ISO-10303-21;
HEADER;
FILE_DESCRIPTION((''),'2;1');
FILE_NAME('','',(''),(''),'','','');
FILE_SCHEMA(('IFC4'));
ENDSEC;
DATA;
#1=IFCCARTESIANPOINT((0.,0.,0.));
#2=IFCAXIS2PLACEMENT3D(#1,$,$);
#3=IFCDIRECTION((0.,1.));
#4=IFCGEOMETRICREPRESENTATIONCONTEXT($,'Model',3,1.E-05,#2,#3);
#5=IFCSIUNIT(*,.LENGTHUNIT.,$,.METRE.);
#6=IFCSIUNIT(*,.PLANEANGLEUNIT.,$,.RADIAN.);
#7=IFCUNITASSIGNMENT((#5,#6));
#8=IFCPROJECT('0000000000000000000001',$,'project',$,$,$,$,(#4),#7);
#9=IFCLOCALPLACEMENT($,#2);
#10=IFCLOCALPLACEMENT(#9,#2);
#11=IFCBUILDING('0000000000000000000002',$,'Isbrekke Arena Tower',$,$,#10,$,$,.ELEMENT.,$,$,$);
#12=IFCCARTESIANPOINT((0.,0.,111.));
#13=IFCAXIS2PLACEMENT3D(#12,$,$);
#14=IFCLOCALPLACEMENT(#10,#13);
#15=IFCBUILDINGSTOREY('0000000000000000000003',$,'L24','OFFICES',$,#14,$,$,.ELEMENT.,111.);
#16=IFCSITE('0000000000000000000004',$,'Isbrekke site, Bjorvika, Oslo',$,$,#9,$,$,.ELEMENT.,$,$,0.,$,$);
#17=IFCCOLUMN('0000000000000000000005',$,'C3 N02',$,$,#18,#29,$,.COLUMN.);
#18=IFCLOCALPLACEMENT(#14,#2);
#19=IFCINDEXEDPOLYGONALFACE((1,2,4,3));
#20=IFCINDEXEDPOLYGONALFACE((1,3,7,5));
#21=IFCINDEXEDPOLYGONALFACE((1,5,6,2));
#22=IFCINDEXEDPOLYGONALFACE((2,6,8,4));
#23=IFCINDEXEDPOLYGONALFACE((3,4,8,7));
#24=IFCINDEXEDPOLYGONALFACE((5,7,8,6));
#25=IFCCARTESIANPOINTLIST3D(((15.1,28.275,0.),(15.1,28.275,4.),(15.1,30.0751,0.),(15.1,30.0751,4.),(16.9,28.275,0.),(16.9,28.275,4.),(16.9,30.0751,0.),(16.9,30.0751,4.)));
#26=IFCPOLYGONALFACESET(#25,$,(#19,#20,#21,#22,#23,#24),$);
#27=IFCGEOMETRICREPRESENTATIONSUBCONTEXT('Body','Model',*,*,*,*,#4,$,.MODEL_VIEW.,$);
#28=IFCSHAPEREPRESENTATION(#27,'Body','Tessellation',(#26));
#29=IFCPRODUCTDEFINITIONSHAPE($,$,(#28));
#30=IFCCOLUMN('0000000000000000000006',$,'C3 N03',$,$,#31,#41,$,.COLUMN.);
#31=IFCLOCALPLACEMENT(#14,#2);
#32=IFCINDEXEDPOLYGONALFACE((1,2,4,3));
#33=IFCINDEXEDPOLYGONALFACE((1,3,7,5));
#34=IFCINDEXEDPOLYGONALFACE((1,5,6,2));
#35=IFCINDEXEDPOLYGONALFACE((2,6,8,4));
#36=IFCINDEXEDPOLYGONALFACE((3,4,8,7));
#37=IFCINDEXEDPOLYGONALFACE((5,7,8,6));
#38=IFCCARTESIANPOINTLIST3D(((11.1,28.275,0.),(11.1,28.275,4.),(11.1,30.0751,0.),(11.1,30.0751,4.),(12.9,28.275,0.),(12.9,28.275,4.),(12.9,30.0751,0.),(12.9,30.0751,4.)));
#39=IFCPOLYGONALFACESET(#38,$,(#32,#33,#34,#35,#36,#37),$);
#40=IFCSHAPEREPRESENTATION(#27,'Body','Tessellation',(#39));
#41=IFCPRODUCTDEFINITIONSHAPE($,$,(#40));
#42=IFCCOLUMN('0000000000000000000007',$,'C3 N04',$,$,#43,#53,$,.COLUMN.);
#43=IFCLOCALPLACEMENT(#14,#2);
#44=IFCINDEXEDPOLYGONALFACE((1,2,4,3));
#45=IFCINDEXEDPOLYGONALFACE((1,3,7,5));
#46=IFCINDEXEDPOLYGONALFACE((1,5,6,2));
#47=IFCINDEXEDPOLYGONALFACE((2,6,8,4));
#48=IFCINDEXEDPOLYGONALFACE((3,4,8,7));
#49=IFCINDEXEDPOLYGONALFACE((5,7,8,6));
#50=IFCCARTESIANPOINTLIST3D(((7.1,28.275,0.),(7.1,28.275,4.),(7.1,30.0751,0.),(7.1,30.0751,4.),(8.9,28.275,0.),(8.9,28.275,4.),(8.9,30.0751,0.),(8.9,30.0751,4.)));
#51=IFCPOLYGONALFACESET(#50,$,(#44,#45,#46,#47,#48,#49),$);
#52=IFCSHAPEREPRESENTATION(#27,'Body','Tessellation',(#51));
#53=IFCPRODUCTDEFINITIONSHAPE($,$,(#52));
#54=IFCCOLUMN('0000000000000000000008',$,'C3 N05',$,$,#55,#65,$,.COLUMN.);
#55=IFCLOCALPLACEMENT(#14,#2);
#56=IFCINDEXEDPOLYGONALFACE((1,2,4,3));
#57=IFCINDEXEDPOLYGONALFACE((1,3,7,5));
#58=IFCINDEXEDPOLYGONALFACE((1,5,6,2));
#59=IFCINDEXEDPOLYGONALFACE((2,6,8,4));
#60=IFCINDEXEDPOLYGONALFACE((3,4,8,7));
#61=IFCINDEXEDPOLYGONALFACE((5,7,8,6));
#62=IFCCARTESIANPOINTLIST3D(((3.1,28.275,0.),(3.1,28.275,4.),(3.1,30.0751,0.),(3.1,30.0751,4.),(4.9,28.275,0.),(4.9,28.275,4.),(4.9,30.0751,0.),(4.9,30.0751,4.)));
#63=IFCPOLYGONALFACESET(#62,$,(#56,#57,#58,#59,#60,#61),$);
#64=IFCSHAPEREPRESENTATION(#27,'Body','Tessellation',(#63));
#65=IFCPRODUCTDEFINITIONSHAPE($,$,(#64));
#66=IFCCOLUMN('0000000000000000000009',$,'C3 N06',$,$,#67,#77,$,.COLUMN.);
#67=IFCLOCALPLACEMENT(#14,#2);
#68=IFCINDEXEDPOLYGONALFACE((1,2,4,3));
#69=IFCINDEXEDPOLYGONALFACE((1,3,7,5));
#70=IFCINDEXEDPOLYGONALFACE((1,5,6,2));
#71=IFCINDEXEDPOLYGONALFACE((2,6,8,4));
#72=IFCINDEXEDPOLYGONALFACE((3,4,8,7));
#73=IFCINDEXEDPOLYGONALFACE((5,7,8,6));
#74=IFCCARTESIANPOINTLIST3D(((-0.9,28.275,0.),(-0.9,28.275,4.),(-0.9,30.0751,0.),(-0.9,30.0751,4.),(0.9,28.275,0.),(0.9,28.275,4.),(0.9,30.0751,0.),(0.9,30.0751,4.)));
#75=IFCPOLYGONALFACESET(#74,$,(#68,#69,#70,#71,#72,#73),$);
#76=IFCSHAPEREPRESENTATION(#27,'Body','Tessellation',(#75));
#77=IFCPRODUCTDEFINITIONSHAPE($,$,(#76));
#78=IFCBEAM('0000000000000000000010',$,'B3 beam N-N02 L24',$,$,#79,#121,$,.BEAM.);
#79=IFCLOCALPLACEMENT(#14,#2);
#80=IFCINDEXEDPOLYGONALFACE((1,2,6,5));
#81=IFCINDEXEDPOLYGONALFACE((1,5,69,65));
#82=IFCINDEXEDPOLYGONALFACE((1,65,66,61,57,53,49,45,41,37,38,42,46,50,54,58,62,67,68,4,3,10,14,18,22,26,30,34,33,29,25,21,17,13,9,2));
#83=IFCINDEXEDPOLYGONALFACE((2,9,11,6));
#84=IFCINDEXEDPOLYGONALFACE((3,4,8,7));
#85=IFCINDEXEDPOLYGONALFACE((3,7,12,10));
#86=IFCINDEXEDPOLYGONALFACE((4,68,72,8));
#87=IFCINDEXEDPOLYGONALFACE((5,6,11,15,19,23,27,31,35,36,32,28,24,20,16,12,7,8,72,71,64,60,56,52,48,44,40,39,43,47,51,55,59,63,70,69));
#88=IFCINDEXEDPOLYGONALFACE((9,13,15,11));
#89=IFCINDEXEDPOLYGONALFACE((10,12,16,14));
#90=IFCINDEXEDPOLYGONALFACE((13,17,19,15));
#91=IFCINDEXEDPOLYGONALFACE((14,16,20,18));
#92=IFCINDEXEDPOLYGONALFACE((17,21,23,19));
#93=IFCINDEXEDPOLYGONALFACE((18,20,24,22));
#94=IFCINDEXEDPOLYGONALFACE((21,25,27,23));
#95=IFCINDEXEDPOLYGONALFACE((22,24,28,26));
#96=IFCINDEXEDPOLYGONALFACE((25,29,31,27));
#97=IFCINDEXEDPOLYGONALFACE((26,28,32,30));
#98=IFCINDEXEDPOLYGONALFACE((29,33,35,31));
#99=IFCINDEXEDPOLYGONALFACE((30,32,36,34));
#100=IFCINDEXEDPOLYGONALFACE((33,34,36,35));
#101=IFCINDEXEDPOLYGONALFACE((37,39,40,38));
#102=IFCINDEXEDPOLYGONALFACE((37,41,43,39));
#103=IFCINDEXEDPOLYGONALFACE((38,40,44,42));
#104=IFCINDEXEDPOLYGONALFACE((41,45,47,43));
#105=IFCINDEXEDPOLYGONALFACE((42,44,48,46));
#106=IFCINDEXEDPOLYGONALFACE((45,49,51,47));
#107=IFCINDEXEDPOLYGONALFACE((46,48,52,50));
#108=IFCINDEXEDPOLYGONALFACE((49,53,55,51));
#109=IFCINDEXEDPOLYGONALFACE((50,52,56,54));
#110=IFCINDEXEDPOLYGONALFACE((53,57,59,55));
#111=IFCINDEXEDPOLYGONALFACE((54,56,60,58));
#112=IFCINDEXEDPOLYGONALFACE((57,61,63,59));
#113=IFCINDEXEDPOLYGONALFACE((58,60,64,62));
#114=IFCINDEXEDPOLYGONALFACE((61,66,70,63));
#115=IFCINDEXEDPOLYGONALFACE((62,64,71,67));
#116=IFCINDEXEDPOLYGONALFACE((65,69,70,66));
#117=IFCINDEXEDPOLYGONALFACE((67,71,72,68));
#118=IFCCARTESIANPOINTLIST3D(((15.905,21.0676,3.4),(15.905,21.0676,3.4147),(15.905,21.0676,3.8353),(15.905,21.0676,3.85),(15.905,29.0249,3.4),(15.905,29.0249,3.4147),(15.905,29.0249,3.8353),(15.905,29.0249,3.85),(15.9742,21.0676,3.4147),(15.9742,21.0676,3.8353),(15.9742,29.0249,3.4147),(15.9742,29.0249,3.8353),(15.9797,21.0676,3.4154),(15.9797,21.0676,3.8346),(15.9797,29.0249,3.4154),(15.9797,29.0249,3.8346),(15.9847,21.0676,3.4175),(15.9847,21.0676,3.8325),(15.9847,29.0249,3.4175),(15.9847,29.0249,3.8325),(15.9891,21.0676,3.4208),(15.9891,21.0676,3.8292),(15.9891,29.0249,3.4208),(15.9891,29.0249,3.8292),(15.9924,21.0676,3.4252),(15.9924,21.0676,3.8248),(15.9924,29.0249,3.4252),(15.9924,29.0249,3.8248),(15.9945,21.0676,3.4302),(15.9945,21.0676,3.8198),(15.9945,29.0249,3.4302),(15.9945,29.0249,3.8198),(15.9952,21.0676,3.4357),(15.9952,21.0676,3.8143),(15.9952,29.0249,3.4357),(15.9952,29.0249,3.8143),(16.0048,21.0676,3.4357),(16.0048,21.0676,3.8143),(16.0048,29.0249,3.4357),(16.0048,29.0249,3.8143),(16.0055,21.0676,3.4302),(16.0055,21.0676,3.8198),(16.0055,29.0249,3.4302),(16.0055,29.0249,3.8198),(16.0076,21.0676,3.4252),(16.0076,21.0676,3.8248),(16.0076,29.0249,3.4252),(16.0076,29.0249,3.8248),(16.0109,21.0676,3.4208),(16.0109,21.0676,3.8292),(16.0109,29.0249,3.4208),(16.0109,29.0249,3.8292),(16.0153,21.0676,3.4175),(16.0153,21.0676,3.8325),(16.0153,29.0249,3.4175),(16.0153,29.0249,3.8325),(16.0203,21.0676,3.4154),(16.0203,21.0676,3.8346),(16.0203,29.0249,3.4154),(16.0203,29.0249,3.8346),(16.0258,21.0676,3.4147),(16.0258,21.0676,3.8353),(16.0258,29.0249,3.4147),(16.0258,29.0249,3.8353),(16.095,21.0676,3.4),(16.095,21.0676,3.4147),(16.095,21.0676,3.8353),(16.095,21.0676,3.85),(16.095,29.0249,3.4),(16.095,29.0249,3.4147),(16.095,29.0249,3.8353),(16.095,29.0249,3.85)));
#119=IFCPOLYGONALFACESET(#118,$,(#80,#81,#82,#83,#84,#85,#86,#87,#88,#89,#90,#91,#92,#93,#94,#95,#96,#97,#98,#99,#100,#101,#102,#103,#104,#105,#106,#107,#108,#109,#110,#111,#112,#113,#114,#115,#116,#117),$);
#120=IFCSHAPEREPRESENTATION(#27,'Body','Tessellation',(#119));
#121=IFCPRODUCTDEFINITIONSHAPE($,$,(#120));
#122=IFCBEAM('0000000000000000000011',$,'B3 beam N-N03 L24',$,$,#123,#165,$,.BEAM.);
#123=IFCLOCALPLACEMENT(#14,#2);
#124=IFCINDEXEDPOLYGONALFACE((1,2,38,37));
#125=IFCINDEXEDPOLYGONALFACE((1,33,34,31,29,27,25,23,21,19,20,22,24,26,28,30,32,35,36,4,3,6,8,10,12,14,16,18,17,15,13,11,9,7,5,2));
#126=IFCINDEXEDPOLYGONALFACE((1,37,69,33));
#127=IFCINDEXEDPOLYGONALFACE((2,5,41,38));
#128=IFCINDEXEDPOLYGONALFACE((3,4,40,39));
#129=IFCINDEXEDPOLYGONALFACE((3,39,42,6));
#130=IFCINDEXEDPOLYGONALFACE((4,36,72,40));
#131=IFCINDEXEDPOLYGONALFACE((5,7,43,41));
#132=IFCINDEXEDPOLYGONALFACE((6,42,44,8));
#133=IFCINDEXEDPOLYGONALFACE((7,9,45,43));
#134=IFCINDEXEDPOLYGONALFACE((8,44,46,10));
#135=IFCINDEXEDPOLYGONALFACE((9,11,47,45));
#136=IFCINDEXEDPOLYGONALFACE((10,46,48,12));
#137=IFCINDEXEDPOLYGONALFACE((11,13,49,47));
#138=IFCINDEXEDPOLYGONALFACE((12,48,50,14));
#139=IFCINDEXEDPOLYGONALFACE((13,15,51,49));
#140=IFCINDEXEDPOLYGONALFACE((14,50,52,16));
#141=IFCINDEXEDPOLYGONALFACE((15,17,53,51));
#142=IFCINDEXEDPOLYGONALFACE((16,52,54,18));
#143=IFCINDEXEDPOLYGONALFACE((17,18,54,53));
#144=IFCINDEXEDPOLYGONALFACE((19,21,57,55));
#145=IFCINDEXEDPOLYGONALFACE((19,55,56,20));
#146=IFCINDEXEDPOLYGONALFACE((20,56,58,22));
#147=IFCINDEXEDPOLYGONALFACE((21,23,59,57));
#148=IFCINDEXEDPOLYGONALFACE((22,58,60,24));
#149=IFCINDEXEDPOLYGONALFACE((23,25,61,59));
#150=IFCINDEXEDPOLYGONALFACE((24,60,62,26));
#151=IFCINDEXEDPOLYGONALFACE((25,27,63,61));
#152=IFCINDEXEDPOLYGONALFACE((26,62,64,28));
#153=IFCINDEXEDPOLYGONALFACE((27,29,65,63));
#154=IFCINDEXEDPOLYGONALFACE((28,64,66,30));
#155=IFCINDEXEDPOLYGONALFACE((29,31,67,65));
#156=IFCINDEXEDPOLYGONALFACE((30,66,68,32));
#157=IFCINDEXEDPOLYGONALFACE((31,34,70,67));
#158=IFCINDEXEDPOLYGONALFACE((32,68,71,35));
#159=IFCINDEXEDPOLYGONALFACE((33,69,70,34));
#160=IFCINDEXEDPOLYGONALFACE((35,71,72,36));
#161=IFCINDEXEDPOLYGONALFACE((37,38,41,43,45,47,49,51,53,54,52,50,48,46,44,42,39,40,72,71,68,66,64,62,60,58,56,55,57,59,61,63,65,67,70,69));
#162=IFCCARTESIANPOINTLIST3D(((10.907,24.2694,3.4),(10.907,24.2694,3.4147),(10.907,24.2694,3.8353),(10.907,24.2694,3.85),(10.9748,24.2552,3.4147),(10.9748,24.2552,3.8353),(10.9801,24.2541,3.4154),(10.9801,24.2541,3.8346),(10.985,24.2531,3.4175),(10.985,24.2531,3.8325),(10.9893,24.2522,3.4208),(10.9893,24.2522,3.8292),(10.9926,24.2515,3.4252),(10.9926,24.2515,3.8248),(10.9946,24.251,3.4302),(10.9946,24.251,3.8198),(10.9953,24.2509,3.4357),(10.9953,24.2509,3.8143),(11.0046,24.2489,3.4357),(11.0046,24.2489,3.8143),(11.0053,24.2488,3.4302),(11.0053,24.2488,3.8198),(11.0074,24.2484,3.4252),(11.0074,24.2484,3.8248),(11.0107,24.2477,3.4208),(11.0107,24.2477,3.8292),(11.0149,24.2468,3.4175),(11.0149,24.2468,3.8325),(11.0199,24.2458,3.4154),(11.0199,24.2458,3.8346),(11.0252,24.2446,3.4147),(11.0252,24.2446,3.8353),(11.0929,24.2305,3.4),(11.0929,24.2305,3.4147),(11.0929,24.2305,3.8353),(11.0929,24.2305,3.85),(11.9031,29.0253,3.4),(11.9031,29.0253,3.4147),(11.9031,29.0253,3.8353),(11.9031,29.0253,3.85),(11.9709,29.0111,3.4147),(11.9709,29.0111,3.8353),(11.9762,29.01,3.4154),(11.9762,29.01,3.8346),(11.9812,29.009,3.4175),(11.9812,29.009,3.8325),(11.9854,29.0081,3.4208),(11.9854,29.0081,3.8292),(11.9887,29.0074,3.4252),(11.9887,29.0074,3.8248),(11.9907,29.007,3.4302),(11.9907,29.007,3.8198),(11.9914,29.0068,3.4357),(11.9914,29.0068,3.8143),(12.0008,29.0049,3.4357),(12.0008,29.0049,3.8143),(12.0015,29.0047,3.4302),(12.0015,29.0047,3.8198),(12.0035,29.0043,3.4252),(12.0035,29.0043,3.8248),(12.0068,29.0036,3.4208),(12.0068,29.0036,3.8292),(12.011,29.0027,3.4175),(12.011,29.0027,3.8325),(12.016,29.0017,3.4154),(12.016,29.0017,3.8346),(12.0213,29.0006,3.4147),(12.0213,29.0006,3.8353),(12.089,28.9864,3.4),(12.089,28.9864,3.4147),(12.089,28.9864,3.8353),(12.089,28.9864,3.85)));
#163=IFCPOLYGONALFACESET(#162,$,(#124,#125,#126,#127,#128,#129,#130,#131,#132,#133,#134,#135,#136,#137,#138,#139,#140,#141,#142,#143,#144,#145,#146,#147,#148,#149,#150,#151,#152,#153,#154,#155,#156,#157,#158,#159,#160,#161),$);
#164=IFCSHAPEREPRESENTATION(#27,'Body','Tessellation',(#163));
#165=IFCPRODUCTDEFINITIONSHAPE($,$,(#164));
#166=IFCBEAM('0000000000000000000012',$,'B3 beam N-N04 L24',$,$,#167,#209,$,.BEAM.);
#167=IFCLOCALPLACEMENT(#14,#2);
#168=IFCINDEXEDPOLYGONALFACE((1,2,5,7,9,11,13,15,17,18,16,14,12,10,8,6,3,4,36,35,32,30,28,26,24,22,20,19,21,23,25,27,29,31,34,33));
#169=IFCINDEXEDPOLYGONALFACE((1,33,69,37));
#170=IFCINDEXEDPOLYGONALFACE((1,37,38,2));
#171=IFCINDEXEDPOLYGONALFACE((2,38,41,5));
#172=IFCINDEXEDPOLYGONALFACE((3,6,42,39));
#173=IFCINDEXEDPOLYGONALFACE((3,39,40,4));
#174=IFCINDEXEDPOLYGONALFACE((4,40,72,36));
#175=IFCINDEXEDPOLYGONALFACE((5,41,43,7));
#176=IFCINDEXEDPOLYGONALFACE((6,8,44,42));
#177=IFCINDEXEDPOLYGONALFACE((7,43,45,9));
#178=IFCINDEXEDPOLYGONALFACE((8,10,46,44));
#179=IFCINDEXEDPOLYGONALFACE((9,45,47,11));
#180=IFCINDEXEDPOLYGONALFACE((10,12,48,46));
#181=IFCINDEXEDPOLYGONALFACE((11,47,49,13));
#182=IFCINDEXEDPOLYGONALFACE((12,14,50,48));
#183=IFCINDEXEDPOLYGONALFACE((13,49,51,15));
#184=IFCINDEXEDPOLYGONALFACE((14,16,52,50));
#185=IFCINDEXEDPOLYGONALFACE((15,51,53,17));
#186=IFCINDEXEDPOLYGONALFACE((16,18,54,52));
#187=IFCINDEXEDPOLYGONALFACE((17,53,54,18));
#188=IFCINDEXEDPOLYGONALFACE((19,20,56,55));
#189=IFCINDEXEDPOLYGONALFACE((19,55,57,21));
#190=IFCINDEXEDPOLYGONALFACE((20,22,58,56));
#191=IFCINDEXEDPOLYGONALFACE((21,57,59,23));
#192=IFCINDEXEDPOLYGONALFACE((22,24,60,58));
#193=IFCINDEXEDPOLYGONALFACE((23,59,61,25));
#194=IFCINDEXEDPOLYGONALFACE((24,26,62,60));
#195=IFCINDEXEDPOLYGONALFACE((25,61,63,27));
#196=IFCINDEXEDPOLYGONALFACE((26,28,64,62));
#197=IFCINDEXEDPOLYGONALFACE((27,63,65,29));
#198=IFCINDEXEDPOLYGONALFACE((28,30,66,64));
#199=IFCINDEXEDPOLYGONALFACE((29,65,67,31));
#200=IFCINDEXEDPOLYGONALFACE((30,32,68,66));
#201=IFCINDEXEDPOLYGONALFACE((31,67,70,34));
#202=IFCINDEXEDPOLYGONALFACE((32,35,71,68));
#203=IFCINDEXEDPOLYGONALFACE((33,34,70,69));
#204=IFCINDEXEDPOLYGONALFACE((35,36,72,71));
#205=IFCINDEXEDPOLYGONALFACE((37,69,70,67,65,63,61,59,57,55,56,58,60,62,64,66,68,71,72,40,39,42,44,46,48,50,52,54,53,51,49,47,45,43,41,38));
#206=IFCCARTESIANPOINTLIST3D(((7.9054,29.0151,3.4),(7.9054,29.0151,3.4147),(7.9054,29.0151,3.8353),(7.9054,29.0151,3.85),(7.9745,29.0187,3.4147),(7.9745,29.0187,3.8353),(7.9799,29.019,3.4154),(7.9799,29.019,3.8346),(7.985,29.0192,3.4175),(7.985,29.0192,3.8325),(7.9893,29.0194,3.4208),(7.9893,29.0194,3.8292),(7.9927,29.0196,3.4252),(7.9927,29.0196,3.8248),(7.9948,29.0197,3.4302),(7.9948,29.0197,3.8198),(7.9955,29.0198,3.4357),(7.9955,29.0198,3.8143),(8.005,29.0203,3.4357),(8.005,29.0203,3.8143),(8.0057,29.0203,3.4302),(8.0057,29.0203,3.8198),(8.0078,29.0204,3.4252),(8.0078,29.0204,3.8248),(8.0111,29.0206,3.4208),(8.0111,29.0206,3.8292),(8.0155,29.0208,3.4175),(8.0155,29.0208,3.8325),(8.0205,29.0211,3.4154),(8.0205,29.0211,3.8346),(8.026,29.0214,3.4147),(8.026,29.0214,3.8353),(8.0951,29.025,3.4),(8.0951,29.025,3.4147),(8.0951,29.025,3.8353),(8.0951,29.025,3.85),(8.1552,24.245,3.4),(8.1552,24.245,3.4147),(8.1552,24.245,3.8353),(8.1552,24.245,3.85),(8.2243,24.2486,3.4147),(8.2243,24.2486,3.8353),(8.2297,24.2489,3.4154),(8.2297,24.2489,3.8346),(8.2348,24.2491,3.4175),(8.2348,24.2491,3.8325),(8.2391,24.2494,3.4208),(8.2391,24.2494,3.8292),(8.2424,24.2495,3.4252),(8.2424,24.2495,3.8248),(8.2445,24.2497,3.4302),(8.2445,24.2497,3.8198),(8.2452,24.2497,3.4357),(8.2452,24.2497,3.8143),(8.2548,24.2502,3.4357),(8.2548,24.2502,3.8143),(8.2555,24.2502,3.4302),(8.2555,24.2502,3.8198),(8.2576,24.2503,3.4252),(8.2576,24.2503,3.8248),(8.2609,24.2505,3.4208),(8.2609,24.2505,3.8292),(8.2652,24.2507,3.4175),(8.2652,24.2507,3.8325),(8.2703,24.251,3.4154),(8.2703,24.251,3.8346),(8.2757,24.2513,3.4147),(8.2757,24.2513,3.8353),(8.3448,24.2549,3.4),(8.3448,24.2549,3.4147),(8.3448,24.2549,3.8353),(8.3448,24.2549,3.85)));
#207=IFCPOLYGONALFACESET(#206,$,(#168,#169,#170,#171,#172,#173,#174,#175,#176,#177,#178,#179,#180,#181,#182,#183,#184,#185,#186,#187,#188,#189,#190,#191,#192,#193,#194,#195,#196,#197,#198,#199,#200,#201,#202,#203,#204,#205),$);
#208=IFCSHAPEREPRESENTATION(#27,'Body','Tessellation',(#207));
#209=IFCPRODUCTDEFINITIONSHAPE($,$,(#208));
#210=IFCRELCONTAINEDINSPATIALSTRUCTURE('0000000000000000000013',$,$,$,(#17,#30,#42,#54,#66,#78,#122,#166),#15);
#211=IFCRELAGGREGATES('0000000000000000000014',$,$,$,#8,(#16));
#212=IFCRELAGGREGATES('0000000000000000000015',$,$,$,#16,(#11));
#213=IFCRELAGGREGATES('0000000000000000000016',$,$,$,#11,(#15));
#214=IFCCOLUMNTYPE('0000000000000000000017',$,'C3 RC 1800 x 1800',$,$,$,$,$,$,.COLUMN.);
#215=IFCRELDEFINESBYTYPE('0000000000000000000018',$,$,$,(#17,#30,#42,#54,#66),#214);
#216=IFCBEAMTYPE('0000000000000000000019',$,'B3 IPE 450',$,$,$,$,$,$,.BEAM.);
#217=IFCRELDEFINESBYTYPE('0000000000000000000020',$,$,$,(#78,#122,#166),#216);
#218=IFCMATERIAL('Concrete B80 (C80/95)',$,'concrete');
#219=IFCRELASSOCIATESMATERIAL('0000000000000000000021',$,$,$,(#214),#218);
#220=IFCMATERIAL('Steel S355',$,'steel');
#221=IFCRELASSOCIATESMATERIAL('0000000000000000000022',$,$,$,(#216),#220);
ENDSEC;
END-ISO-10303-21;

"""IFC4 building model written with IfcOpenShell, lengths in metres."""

from ifc_helpers import new_model, si_unit, direction, frame, origin, origin_2d, place, context, subcontext, project, spatial, rectangle, i_section, extrude, material, material_profile, profile_set, type_object, element, save


model = new_model("IFC4")

# Units and contexts
model_context = context("Model", 3, precision=1e-05, world=origin(), true_north=direction((0.0, 1.0)))
body_context = subcontext(model_context, "Body", "Model", "MODEL_VIEW")
ifc_project = project(units=[si_unit("LENGTHUNIT", "METRE"), si_unit("PLANEANGLEUNIT", "RADIAN")], contexts=[model_context])

# Site, building, storey
site_placement = place(None, origin())
site = spatial("IfcSite", under=ifc_project, at=site_placement, Name="Isbrekke site, Bjorvika, Oslo", CompositionType="ELEMENT", RefElevation=0.0)
building_placement = place(site_placement, origin())
building = spatial("IfcBuilding", under=site, at=building_placement, Name="Isbrekke Arena Tower", CompositionType="ELEMENT")
storey_placement = place(building_placement, frame((0.0, 0.0, 111.0)))
storey = spatial("IfcBuildingStorey", under=building, at=storey_placement, Name="L24", Description="OFFICES", CompositionType="ELEMENT", Elevation=111.0)

# Columns
ifc_material_1 = material(Name="Concrete B80 (C80/95)", Category="concrete")
ifc_material_profile_1 = material_profile(ifc_material_1, rectangle(XDim=1.8, YDim=1.8, at=origin_2d()), Name="RC 1800x1800")
ifc_profile_set_1 = profile_set([ifc_material_profile_1], Name="Concrete B80 (C80/95)")
column_type = type_object("IfcColumnType", Name="C3 RC 1800 x 1800", PredefinedType="COLUMN", material=ifc_profile_set_1)
for number, where, z_axis, x_axis, name in (
    (1, (16.0, 29.175, 0.0), (0.0, 0.0, 1.0), (-1.0, 0.0, 0.0), "C3 N02"),
    (2, (12.0, 29.175, 0.0), (0.0, 0.0, 1.0), (-1.0, 0.0, 0.0), "C3 N03"),
    (3, (8.0, 29.175, 0.0), (0.0, 0.0, 1.0), (-1.0, 0.0, 0.0), "C3 N04"),
    (4, (4.0, 29.175, 0.0), (0.0, 0.0, 1.0), (-1.0, 0.0, 0.0), "C3 N05"),
    (5, (0.0, 29.175, 0.0), (0.0, 0.0, 1.0), (-1.0, 0.0, 0.0), "C3 N06"),
):
    element("IfcColumn", number, at=place(storey_placement, frame(where, z_axis=z_axis, x_axis=x_axis)), inside=storey, type_object=column_type, Name=name, PredefinedType="COLUMN", context=body_context, shape_type="SweptSolid", body=[
        extrude(rectangle(XDim=1.8, YDim=1.8, at=origin_2d()), origin(), (0.0, 0.0, 1.0), 4.0),
    ])

# Beams
ifc_material_2 = material(Name="Steel S355", Category="steel")
ifc_material_profile_2 = material_profile(ifc_material_2, i_section(OverallWidth=0.1899, OverallDepth=0.45, WebThickness=0.0095, FlangeThickness=0.0146, FilletRadius=0.021, at=origin_2d()), Name="IPE 450")
ifc_profile_set_2 = profile_set([ifc_material_profile_2], Name="Steel S355")
beam_type_1 = type_object("IfcBeamType", Name="B3 IPE 450", PredefinedType="BEAM", material=ifc_profile_set_2)
beam_1_placement = place(storey_placement, frame((16.0, 29.0249, 3.625), z_axis=(0.0, -1.0, 0.0), x_axis=(1.0, 0.0, 0.0)))
element("IfcBeam", 6, at=beam_1_placement, inside=storey, type_object=beam_type_1, Name="B3 beam N-N02 L24", PredefinedType="BEAM", context=body_context, shape_type="SweptSolid", body=[
    extrude(i_section(OverallWidth=0.1899, OverallDepth=0.45, WebThickness=0.0095, FlangeThickness=0.0146, FilletRadius=0.021, at=origin_2d()), origin(), (0.0, 0.0, 1.0), 7.9573),
])
beam_2_placement = place(storey_placement, frame((11.9961, 29.0059, 3.625), z_axis=(-0.204997, -0.978762, 0.0), x_axis=(0.978762, -0.204997, 0.0)))
element("IfcBeam", 7, at=beam_2_placement, inside=storey, type_object=beam_type_1, Name="B3 beam N-N03 L24", PredefinedType="BEAM", context=body_context, shape_type="SweptSolid", body=[
    extrude(i_section(OverallWidth=0.1899, OverallDepth=0.45, WebThickness=0.0095, FlangeThickness=0.0146, FilletRadius=0.021, at=origin_2d()), origin(), (0.0, 0.0, 1.0), 4.8591),
])
beam_3_placement = place(storey_placement, frame((8.0002, 29.02, 3.625), z_axis=(0.052288, -0.998632, 0.0), x_axis=(0.998632, 0.052288, 0.0)))
element("IfcBeam", 8, at=beam_3_placement, inside=storey, type_object=beam_type_1, Name="B3 beam N-N04 L24", PredefinedType="BEAM", context=body_context, shape_type="SweptSolid", body=[
    extrude(i_section(OverallWidth=0.1899, OverallDepth=0.45, WebThickness=0.0095, FlangeThickness=0.0146, FilletRadius=0.021, at=origin_2d()), origin(), (0.0, 0.0, 1.0), 4.7766),
])

save(model, "model.ifc")
